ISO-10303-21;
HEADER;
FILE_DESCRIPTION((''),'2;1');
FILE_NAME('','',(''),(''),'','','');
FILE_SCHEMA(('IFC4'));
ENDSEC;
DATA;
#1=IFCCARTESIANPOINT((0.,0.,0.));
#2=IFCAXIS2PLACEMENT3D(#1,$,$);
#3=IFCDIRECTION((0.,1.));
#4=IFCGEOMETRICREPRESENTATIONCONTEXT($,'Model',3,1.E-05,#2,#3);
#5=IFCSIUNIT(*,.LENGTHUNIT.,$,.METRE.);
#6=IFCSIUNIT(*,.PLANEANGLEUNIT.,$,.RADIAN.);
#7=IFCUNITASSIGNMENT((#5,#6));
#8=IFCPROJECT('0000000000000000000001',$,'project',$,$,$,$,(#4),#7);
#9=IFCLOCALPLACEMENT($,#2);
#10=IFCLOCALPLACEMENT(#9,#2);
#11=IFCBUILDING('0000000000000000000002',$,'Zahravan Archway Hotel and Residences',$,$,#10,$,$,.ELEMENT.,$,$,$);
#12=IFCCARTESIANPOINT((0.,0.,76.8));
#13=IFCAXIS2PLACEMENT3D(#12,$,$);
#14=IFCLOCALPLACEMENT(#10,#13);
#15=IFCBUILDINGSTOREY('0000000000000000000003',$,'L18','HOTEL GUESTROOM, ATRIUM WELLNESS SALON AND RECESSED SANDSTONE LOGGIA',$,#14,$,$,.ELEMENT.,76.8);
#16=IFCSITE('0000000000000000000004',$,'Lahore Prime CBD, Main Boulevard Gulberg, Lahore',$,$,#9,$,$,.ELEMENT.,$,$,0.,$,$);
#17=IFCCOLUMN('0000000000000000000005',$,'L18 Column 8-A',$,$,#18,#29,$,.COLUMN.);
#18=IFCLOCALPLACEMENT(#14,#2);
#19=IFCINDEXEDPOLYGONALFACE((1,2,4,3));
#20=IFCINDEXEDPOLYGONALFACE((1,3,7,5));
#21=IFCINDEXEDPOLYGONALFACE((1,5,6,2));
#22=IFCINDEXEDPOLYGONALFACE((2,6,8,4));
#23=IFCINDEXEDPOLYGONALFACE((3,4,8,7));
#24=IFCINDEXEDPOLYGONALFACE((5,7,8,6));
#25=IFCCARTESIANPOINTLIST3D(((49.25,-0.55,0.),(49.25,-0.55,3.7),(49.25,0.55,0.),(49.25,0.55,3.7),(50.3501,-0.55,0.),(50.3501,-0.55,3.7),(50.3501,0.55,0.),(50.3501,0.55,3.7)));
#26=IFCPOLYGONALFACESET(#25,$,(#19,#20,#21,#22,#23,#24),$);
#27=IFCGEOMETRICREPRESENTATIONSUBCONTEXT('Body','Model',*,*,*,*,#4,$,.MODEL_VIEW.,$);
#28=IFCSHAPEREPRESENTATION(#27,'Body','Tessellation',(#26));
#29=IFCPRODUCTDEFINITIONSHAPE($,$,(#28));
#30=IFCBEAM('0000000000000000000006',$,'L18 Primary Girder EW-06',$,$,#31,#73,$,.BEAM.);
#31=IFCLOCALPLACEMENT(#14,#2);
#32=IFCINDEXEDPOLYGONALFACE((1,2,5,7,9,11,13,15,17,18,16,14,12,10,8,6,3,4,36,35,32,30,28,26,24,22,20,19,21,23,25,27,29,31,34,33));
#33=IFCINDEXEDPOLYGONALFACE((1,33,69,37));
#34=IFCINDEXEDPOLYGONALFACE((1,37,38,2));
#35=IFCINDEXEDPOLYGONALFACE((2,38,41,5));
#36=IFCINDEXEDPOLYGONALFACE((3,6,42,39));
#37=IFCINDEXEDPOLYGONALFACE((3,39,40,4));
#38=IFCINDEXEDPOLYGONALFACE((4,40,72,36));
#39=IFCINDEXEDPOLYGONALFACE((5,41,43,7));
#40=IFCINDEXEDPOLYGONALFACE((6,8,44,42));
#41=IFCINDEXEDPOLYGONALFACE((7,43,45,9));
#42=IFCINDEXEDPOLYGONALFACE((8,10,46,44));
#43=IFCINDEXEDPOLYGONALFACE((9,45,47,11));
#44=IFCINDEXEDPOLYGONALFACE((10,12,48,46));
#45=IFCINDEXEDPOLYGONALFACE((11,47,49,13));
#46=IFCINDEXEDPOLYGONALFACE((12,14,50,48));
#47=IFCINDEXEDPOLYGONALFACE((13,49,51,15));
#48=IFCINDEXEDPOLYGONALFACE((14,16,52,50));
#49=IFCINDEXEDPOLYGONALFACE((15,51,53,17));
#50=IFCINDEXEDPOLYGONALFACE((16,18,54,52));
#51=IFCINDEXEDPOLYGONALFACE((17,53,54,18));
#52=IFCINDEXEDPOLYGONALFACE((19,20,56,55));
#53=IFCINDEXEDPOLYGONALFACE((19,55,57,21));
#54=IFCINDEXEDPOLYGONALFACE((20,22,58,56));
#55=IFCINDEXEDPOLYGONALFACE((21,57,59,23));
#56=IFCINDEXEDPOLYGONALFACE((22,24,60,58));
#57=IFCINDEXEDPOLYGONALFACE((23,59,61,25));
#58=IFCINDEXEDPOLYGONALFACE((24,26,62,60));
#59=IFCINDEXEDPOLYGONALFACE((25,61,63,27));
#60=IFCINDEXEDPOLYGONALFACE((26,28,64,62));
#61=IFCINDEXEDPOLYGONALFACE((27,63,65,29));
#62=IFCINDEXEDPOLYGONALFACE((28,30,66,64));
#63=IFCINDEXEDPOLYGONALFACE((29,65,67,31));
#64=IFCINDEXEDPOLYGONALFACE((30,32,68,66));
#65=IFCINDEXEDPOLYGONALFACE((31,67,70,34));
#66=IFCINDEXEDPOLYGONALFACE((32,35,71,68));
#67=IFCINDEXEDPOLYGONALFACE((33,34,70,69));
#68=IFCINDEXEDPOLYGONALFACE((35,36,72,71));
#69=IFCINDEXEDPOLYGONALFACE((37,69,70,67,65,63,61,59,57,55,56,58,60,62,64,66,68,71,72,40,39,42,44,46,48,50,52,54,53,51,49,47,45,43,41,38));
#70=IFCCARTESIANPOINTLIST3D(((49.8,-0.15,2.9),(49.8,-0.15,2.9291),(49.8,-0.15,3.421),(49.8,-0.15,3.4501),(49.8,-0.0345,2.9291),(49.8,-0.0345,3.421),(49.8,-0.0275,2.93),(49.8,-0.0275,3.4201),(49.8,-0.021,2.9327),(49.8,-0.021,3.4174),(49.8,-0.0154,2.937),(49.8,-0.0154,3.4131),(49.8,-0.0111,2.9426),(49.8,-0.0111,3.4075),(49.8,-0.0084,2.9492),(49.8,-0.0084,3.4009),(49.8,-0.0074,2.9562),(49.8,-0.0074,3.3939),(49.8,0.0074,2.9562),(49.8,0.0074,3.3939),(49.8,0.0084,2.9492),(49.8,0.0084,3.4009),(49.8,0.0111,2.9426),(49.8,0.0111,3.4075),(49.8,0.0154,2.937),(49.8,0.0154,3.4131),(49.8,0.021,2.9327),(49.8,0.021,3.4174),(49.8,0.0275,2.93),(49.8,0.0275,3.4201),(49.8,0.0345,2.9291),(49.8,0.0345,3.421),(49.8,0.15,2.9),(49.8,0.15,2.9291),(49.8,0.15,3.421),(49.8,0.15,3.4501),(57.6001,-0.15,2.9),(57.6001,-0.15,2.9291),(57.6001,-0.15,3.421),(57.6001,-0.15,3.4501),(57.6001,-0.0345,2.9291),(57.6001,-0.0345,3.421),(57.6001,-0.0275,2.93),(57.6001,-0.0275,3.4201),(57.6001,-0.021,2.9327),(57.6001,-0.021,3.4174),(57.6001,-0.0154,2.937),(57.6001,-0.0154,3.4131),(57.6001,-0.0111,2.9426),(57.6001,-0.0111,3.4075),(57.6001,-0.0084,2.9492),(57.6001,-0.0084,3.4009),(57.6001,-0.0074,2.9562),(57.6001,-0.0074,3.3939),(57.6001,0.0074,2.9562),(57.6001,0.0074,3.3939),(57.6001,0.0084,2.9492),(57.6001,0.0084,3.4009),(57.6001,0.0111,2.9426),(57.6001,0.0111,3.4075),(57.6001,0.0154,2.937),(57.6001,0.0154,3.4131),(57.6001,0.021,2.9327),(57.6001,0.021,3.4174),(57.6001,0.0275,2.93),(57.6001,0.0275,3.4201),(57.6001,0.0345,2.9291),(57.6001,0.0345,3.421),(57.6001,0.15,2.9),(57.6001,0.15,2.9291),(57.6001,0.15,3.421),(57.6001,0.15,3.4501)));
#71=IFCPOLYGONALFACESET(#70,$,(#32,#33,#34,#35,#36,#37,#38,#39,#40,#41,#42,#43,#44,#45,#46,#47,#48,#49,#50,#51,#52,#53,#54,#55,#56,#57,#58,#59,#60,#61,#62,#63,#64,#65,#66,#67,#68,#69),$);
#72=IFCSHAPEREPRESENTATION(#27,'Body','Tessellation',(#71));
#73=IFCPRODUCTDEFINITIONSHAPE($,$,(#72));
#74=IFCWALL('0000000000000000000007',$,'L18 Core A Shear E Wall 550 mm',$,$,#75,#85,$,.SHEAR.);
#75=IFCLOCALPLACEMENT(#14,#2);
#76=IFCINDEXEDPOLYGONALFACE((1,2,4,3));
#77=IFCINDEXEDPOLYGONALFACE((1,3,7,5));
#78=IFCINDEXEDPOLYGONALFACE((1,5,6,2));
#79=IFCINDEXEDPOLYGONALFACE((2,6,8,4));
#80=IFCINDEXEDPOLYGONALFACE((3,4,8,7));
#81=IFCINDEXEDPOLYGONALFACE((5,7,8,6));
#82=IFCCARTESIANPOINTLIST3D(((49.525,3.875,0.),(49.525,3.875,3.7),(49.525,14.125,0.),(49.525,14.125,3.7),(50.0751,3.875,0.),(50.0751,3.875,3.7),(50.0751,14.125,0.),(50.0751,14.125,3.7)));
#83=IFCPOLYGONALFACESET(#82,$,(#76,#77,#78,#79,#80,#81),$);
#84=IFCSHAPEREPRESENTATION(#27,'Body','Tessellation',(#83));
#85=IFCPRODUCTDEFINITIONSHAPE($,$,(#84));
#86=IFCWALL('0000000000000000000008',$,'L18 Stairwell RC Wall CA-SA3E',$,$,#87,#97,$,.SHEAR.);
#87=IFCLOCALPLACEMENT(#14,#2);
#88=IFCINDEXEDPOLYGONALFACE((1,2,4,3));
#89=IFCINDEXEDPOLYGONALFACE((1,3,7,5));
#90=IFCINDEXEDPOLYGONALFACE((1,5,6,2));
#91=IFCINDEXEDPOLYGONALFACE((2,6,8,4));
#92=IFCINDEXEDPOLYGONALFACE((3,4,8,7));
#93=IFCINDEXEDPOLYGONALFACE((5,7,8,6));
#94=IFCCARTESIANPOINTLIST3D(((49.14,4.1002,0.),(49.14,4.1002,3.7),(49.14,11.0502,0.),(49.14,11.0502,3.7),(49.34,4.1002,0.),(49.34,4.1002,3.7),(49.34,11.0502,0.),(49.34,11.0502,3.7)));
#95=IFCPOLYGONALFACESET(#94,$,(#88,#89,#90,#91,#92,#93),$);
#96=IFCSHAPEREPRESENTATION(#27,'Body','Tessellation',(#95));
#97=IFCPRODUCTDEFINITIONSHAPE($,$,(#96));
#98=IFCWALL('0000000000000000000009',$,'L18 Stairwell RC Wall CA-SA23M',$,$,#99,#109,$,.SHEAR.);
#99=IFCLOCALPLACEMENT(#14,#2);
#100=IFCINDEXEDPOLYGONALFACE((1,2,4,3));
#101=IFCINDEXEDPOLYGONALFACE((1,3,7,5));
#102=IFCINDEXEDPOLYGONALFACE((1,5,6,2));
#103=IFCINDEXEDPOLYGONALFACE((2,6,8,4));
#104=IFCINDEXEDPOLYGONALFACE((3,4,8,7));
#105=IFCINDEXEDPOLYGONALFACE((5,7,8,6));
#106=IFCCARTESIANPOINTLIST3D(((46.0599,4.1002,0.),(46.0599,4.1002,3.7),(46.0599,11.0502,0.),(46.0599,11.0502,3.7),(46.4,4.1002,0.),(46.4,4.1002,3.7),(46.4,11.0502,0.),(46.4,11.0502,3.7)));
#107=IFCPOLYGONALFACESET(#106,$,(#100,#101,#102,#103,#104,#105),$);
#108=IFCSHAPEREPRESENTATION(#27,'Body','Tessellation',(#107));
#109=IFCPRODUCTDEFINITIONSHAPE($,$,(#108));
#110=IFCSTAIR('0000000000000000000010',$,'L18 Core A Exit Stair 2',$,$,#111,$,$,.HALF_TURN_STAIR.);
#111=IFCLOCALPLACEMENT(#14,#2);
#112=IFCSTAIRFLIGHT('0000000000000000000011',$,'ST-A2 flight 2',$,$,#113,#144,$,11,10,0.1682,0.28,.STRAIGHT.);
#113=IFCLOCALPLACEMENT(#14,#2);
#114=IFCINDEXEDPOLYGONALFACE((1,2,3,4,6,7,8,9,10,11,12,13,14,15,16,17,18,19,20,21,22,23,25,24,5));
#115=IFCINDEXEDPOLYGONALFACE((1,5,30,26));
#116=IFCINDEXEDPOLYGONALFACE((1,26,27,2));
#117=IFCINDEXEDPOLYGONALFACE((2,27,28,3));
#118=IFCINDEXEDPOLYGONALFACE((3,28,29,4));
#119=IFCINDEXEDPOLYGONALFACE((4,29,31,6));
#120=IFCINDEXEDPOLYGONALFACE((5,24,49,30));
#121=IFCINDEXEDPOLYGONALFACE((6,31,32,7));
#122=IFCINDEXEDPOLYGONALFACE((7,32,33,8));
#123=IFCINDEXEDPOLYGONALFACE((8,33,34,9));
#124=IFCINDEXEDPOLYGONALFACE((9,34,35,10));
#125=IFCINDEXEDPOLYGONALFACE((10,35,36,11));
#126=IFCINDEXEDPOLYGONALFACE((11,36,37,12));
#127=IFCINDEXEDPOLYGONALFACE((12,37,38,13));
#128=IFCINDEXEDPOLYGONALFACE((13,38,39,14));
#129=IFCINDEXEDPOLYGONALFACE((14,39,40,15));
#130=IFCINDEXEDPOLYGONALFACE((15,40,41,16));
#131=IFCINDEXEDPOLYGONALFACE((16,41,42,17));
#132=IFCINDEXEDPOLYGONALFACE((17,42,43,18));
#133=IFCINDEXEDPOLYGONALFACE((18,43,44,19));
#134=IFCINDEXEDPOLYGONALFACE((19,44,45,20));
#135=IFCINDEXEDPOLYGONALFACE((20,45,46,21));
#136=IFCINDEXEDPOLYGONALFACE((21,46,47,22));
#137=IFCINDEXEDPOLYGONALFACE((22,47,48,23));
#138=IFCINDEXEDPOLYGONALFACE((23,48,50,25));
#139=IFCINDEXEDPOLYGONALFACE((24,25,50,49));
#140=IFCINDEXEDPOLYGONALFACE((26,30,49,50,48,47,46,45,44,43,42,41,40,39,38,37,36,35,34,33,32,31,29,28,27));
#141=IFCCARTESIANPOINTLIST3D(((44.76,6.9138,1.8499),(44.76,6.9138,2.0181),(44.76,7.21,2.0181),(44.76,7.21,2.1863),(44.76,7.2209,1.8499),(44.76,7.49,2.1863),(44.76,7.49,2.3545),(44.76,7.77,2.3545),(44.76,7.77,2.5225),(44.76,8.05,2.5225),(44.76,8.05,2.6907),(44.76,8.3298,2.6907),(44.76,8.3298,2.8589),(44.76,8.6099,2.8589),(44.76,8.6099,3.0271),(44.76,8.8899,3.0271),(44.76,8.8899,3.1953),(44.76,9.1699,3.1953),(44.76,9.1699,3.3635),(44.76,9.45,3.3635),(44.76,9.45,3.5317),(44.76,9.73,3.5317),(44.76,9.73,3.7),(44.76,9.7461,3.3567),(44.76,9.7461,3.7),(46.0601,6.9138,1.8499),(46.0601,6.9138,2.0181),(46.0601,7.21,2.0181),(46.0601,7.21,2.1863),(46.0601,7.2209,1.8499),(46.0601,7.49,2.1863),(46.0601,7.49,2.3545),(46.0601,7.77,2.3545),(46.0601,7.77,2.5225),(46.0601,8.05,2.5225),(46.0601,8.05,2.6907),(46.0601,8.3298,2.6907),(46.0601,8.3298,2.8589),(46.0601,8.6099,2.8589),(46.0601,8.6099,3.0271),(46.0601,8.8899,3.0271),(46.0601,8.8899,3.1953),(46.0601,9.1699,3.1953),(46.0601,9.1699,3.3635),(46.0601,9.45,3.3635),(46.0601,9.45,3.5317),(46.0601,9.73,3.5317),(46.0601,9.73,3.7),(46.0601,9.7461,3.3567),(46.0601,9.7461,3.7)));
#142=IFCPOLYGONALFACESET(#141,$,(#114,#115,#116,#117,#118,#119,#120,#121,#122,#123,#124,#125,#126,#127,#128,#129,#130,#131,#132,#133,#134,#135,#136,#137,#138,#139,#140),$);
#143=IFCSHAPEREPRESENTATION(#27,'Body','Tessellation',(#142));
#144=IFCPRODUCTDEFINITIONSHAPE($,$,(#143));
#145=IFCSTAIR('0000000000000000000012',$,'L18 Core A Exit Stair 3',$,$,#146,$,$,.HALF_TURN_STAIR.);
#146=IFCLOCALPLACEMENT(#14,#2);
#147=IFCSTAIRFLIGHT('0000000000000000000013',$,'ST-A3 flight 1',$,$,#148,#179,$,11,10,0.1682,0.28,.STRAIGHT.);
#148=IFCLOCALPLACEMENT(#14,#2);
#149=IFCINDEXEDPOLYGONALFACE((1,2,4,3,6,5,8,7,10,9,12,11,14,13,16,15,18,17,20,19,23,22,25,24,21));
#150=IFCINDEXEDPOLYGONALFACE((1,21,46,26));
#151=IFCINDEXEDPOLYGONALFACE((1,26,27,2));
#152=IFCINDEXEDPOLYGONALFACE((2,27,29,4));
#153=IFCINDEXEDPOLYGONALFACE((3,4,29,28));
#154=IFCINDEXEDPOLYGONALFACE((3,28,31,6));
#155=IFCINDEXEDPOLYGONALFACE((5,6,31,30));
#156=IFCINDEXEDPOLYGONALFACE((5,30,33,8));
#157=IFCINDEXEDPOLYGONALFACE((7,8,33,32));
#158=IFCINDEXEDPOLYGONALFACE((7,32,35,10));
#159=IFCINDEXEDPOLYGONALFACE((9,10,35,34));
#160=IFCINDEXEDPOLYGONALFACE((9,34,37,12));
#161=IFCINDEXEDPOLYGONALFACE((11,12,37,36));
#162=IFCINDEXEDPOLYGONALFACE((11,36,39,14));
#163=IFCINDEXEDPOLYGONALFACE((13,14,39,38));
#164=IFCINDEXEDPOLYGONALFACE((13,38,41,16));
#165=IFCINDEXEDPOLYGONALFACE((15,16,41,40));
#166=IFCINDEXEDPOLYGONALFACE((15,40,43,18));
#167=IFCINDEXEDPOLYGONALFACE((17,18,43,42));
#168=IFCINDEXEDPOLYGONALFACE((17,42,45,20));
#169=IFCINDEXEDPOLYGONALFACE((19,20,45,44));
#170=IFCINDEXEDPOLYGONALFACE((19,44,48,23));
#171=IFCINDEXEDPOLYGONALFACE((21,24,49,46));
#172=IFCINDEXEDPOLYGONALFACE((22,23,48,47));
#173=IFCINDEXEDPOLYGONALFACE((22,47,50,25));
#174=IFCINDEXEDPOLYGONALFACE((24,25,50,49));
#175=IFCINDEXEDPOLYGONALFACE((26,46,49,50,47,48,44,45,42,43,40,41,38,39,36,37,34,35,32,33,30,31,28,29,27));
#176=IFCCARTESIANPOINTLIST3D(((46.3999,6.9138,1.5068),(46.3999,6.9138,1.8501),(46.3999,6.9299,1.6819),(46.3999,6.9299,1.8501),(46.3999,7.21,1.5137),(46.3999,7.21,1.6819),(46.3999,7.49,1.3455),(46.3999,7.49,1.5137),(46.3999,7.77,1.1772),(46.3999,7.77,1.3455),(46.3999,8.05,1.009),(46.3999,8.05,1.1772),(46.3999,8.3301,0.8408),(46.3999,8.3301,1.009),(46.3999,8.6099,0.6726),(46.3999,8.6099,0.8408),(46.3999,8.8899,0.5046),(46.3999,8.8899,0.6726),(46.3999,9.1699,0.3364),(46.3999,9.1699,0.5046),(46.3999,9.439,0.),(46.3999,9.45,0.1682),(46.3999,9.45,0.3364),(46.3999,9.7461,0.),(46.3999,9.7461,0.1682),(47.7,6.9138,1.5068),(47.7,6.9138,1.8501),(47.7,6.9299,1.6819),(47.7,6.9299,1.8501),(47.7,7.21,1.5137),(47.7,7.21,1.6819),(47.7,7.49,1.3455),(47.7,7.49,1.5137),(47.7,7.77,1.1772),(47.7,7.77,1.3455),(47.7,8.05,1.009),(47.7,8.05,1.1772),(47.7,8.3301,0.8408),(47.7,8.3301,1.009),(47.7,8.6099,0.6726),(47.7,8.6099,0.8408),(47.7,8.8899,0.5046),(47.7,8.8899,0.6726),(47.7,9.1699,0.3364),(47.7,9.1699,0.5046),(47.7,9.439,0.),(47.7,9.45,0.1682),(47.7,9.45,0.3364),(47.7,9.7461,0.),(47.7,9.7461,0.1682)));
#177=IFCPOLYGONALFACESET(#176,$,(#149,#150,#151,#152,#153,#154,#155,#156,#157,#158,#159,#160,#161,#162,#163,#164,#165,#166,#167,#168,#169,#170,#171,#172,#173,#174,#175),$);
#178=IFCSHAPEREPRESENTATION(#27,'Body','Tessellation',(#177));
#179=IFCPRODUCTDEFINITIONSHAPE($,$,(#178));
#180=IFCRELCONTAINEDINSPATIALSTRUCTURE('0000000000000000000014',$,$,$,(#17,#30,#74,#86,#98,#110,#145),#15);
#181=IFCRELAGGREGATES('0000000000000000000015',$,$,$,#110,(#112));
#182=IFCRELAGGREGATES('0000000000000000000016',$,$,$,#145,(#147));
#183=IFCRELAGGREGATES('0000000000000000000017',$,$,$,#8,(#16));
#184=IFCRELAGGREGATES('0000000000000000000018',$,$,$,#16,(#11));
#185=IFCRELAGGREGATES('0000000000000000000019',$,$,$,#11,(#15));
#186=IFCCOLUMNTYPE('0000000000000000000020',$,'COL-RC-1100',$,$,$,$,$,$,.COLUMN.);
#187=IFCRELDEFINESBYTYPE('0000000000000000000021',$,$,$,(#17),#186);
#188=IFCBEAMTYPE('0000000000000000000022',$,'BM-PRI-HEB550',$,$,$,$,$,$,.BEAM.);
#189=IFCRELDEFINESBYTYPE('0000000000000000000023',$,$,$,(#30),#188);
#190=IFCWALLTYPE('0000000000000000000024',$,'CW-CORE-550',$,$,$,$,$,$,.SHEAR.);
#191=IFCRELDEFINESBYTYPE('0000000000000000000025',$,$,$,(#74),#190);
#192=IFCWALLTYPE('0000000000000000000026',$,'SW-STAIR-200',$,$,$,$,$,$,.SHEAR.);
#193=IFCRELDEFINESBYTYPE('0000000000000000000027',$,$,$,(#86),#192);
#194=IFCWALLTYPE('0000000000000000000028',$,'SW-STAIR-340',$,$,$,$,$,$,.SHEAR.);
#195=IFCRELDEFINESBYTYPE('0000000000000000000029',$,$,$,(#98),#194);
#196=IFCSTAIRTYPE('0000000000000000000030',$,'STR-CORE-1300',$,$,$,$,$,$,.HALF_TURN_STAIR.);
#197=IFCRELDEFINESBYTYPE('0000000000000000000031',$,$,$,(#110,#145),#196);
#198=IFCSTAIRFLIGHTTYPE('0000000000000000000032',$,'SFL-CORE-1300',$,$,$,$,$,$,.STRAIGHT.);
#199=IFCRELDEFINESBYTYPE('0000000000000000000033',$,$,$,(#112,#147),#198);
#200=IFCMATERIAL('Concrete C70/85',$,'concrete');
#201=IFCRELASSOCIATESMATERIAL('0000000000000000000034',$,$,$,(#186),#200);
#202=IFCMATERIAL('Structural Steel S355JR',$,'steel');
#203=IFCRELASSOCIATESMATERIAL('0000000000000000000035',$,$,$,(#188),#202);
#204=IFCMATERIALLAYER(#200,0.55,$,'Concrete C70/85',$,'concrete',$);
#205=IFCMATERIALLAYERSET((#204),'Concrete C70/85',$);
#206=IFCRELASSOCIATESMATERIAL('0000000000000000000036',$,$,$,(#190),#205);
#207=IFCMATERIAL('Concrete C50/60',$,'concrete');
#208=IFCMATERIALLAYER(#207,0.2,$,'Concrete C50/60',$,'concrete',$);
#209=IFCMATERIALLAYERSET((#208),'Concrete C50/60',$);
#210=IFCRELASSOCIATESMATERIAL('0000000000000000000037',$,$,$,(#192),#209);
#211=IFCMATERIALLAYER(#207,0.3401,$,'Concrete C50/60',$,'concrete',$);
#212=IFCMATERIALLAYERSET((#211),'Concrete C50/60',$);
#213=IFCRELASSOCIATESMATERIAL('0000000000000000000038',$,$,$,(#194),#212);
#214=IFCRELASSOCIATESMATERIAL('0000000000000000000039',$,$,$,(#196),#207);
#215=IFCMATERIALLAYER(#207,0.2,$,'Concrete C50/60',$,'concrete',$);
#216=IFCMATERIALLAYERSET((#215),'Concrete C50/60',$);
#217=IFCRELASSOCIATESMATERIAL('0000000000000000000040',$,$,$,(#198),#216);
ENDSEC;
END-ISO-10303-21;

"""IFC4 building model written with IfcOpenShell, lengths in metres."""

from ifc_helpers import new_model, si_unit, direction, frame, frame_2d, origin, origin_2d, place, context, subcontext, project, spatial, polyline, rectangle, i_section, outline, extrude, source, transform, mapped, material, layer, layer_set, material_profile, profile_set, type_object, element, aggregate, save


model = new_model("IFC4")

# Units and contexts
model_context = context("Model", 3, precision=1e-05, world=origin(), true_north=direction((0.0, 1.0)))
body_context = subcontext(model_context, "Body", "Model", "MODEL_VIEW")
ifc_project = project(units=[si_unit("LENGTHUNIT", "METRE"), si_unit("PLANEANGLEUNIT", "RADIAN")], contexts=[model_context])

# Site, building, storey
site_placement = place(None, origin())
site = spatial("IfcSite", under=ifc_project, at=site_placement, Name="Lahore Prime CBD, Main Boulevard Gulberg, Lahore", CompositionType="ELEMENT", RefElevation=0.0)
building_placement = place(site_placement, origin())
building = spatial("IfcBuilding", under=site, at=building_placement, Name="Zahravan Archway Hotel and Residences", CompositionType="ELEMENT")
storey_placement = place(building_placement, frame((0.0, 0.0, 76.8)))
storey = spatial("IfcBuildingStorey", under=building, at=storey_placement, Name="L18", Description="HOTEL GUESTROOM, ATRIUM WELLNESS SALON AND RECESSED SANDSTONE LOGGIA", CompositionType="ELEMENT", Elevation=76.8)

# Column
ifc_material_1 = material(Name="Concrete C70/85", Category="concrete")
ifc_material_profile_1 = material_profile(ifc_material_1, rectangle(XDim=1.1001, YDim=1.1001, at=origin_2d()), Name="RC 1100x1100", Category="concrete")
ifc_profile_set_1 = profile_set([ifc_material_profile_1], Name="Concrete C70/85")
column_type = type_object("IfcColumnType", Name="COL-RC-1100", PredefinedType="COLUMN", material=ifc_profile_set_1)
shared_shape_1 = source(origin(), body_context, "Body", "SweptSolid", [
    extrude(rectangle(XDim=1.1001, YDim=1.1001, at=origin_2d()), origin(), (0.0, 0.0, 1.0), 3.7),
])
column_placement = place(storey_placement, frame((49.8, 0.0, 0.0), z_axis=(0.0, 0.0, 1.0), x_axis=(1.0, 0.0, 0.0)))
element("IfcColumn", 1, at=column_placement, inside=storey, type_object=column_type, Name="L18 Column 8-A", PredefinedType="COLUMN", context=body_context, shape_type="MappedRepresentation", body=[
    mapped(shared_shape_1, transform((0.0, 0.0, 0.0), scale=1.0)),
])

# Beam
ifc_material_2 = material(Name="Structural Steel S355JR", Category="steel")
ifc_material_profile_2 = material_profile(ifc_material_2, i_section(OverallWidth=0.3, OverallDepth=0.55, WebThickness=0.0149, FlangeThickness=0.0291, FilletRadius=0.0271, at=origin_2d()), Name="HEB 550", Category="steel")
ifc_profile_set_2 = profile_set([ifc_material_profile_2], Name="Structural Steel S355JR")
beam_type = type_object("IfcBeamType", Name="BM-PRI-HEB550", PredefinedType="BEAM", material=ifc_profile_set_2)
shared_shape_2 = source(origin(), body_context, "Body", "SweptSolid", [
    extrude(i_section(OverallWidth=0.3, OverallDepth=0.55, WebThickness=0.0149, FlangeThickness=0.0291, FilletRadius=0.0271, at=origin_2d()), origin(), (0.0, 0.0, 1.0), 7.8),
])
beam_placement = place(storey_placement, frame((49.8, 0.0, 3.175), z_axis=(1.0, 0.0, 0.0), x_axis=(0.0, 1.0, 0.0)))
element("IfcBeam", 2, at=beam_placement, inside=storey, type_object=beam_type, Name="L18 Primary Girder EW-06", PredefinedType="BEAM", context=body_context, shape_type="MappedRepresentation", body=[
    mapped(shared_shape_2, transform((0.0, 0.0, 0.0), scale=1.0)),
])

# Walls
ifc_layer_1 = layer(ifc_material_1, 0.55, Name="Concrete C70/85", Category="concrete")
ifc_layer_set_1 = layer_set([ifc_layer_1], Name="Concrete C70/85")
wall_type_1 = type_object("IfcWallType", Name="CW-CORE-550", PredefinedType="SHEAR", material=ifc_layer_set_1)
wall_1_placement = place(storey_placement, frame((49.8, 3.875, 0.0), z_axis=(0.0, 0.0, 1.0), x_axis=(0.0, 1.0, 0.0)))
element("IfcWall", 3, at=wall_1_placement, inside=storey, type_object=wall_type_1, Name="L18 Core A Shear E Wall 550 mm", PredefinedType="SHEAR", context=body_context, shape_type="SweptSolid", body=[
    extrude(rectangle(XDim=10.25, YDim=0.55, at=frame_2d((5.125, 0.0))), origin(), (0.0, 0.0, 1.0), 3.7),
])
ifc_material_3 = material(Name="Concrete C50/60", Category="concrete")
ifc_layer_2 = layer(ifc_material_3, 0.2, Name="Concrete C50/60", Category="concrete")
ifc_layer_set_2 = layer_set([ifc_layer_2], Name="Concrete C50/60")
wall_type_2 = type_object("IfcWallType", Name="SW-STAIR-200", PredefinedType="SHEAR", material=ifc_layer_set_2)
wall_2_placement = place(storey_placement, frame((49.24, 4.1001, 0.0), z_axis=(0.0, 0.0, 1.0), x_axis=(0.0, 1.0, 0.0)))
element("IfcWall", 4, at=wall_2_placement, inside=storey, type_object=wall_type_2, Name="L18 Stairwell RC Wall CA-SA3E", PredefinedType="SHEAR", context=body_context, shape_type="SweptSolid", body=[
    extrude(rectangle(XDim=6.95, YDim=0.2, at=frame_2d((3.4751, 0.0))), origin(), (0.0, 0.0, 1.0), 3.7),
])
ifc_layer_3 = layer(ifc_material_3, 0.3401, Name="Concrete C50/60", Category="concrete")
ifc_layer_set_3 = layer_set([ifc_layer_3], Name="Concrete C50/60")
wall_type_3 = type_object("IfcWallType", Name="SW-STAIR-340", PredefinedType="SHEAR", material=ifc_layer_set_3)
wall_3_placement = place(storey_placement, frame((46.23, 4.1001, 0.0), z_axis=(0.0, 0.0, 1.0), x_axis=(0.0, 1.0, 0.0)))
element("IfcWall", 5, at=wall_3_placement, inside=storey, type_object=wall_type_3, Name="L18 Stairwell RC Wall CA-SA23M", PredefinedType="SHEAR", context=body_context, shape_type="SweptSolid", body=[
    extrude(rectangle(XDim=6.95, YDim=0.3401, at=frame_2d((3.4751, 0.0))), origin(), (0.0, 0.0, 1.0), 3.7),
])

# Stair, stair flight
stair_type = type_object("IfcStairType", Name="STR-CORE-1300", PredefinedType="HALF_TURN_STAIR", material=ifc_material_3)
stair_1_placement = place(storey_placement, origin())
stair_1 = element("IfcStair", 6, at=stair_1_placement, inside=storey, type_object=stair_type, Name="L18 Core A Exit Stair 2", PredefinedType="HALF_TURN_STAIR")
ifc_layer_4 = layer(ifc_material_3, 0.2, Name="Concrete C50/60", Category="concrete")
ifc_layer_set_4 = layer_set([ifc_layer_4], Name="Concrete C50/60")
stair_flight_type = type_object("IfcStairFlightType", Name="SFL-CORE-1300", PredefinedType="STRAIGHT", material=ifc_layer_set_4)
shared_shape_3 = source(origin(), body_context, "Body", "SweptSolid", [
    extrude(outline(polyline([(-0.0161, 0.0), (-0.0161, 0.1682), (0.28, 0.1682), (0.28, 0.3364), (0.5601, 0.3364), (0.5601, 0.5046), (0.8401, 0.5046), (0.8401, 0.6726), (1.1201, 0.6726), (1.1201, 0.8408), (1.3999, 0.8408), (1.3999, 1.009), (1.6799, 1.009), (1.6799, 1.1772), (1.96, 1.1772), (1.96, 1.3455), (2.24, 1.3455), (2.24, 1.5137), (2.52, 1.5137), (2.52, 1.6819), (2.8, 1.6819), (2.8, 1.8501), (2.8162, 1.8501), (2.8162, 1.5068), (0.291, 0.0), (-0.0161, 0.0)])), frame((0.0, 0.6499, 0.0), z_axis=(0.0, -1.0, 0.0), x_axis=(1.0, 0.0, 0.0)), (0.0, 0.0, 1.0), 1.3),
])
stair_flight_1_placement = place(storey_placement, frame((45.4099, 6.9299, 1.8499), z_axis=(0.0, 0.0, 1.0), x_axis=(0.0, 1.0, 0.0)))
stair_flight_1 = element("IfcStairFlight", 7, at=stair_flight_1_placement, type_object=stair_flight_type, Name="ST-A2 flight 2", NumberOfRisers=11, NumberOfTreads=10, PredefinedType="STRAIGHT", RiserHeight=0.1682, TreadLength=0.28, context=body_context, shape_type="MappedRepresentation", body=[
    mapped(shared_shape_3, transform((0.0, 0.0, 0.0), scale=1.0)),
])
aggregate(stair_1, [stair_flight_1])

# Stair, stair flight
stair_2_placement = place(storey_placement, origin())
stair_2 = element("IfcStair", 8, at=stair_2_placement, inside=storey, type_object=stair_type, Name="L18 Core A Exit Stair 3", PredefinedType="HALF_TURN_STAIR")
stair_flight_2_placement = place(storey_placement, frame((47.05, 9.73, 0.0), z_axis=(0.0, 0.0, 1.0), x_axis=(0.0, -1.0, 0.0)))
stair_flight_2 = element("IfcStairFlight", 9, at=stair_flight_2_placement, type_object=stair_flight_type, Name="ST-A3 flight 1", NumberOfRisers=11, NumberOfTreads=10, PredefinedType="STRAIGHT", RiserHeight=0.1682, TreadLength=0.28, context=body_context, shape_type="MappedRepresentation", body=[
    mapped(shared_shape_3, transform((0.0, 0.0, 0.0), scale=1.0)),
])
aggregate(stair_2, [stair_flight_2])

save(model, "model.ifc")
